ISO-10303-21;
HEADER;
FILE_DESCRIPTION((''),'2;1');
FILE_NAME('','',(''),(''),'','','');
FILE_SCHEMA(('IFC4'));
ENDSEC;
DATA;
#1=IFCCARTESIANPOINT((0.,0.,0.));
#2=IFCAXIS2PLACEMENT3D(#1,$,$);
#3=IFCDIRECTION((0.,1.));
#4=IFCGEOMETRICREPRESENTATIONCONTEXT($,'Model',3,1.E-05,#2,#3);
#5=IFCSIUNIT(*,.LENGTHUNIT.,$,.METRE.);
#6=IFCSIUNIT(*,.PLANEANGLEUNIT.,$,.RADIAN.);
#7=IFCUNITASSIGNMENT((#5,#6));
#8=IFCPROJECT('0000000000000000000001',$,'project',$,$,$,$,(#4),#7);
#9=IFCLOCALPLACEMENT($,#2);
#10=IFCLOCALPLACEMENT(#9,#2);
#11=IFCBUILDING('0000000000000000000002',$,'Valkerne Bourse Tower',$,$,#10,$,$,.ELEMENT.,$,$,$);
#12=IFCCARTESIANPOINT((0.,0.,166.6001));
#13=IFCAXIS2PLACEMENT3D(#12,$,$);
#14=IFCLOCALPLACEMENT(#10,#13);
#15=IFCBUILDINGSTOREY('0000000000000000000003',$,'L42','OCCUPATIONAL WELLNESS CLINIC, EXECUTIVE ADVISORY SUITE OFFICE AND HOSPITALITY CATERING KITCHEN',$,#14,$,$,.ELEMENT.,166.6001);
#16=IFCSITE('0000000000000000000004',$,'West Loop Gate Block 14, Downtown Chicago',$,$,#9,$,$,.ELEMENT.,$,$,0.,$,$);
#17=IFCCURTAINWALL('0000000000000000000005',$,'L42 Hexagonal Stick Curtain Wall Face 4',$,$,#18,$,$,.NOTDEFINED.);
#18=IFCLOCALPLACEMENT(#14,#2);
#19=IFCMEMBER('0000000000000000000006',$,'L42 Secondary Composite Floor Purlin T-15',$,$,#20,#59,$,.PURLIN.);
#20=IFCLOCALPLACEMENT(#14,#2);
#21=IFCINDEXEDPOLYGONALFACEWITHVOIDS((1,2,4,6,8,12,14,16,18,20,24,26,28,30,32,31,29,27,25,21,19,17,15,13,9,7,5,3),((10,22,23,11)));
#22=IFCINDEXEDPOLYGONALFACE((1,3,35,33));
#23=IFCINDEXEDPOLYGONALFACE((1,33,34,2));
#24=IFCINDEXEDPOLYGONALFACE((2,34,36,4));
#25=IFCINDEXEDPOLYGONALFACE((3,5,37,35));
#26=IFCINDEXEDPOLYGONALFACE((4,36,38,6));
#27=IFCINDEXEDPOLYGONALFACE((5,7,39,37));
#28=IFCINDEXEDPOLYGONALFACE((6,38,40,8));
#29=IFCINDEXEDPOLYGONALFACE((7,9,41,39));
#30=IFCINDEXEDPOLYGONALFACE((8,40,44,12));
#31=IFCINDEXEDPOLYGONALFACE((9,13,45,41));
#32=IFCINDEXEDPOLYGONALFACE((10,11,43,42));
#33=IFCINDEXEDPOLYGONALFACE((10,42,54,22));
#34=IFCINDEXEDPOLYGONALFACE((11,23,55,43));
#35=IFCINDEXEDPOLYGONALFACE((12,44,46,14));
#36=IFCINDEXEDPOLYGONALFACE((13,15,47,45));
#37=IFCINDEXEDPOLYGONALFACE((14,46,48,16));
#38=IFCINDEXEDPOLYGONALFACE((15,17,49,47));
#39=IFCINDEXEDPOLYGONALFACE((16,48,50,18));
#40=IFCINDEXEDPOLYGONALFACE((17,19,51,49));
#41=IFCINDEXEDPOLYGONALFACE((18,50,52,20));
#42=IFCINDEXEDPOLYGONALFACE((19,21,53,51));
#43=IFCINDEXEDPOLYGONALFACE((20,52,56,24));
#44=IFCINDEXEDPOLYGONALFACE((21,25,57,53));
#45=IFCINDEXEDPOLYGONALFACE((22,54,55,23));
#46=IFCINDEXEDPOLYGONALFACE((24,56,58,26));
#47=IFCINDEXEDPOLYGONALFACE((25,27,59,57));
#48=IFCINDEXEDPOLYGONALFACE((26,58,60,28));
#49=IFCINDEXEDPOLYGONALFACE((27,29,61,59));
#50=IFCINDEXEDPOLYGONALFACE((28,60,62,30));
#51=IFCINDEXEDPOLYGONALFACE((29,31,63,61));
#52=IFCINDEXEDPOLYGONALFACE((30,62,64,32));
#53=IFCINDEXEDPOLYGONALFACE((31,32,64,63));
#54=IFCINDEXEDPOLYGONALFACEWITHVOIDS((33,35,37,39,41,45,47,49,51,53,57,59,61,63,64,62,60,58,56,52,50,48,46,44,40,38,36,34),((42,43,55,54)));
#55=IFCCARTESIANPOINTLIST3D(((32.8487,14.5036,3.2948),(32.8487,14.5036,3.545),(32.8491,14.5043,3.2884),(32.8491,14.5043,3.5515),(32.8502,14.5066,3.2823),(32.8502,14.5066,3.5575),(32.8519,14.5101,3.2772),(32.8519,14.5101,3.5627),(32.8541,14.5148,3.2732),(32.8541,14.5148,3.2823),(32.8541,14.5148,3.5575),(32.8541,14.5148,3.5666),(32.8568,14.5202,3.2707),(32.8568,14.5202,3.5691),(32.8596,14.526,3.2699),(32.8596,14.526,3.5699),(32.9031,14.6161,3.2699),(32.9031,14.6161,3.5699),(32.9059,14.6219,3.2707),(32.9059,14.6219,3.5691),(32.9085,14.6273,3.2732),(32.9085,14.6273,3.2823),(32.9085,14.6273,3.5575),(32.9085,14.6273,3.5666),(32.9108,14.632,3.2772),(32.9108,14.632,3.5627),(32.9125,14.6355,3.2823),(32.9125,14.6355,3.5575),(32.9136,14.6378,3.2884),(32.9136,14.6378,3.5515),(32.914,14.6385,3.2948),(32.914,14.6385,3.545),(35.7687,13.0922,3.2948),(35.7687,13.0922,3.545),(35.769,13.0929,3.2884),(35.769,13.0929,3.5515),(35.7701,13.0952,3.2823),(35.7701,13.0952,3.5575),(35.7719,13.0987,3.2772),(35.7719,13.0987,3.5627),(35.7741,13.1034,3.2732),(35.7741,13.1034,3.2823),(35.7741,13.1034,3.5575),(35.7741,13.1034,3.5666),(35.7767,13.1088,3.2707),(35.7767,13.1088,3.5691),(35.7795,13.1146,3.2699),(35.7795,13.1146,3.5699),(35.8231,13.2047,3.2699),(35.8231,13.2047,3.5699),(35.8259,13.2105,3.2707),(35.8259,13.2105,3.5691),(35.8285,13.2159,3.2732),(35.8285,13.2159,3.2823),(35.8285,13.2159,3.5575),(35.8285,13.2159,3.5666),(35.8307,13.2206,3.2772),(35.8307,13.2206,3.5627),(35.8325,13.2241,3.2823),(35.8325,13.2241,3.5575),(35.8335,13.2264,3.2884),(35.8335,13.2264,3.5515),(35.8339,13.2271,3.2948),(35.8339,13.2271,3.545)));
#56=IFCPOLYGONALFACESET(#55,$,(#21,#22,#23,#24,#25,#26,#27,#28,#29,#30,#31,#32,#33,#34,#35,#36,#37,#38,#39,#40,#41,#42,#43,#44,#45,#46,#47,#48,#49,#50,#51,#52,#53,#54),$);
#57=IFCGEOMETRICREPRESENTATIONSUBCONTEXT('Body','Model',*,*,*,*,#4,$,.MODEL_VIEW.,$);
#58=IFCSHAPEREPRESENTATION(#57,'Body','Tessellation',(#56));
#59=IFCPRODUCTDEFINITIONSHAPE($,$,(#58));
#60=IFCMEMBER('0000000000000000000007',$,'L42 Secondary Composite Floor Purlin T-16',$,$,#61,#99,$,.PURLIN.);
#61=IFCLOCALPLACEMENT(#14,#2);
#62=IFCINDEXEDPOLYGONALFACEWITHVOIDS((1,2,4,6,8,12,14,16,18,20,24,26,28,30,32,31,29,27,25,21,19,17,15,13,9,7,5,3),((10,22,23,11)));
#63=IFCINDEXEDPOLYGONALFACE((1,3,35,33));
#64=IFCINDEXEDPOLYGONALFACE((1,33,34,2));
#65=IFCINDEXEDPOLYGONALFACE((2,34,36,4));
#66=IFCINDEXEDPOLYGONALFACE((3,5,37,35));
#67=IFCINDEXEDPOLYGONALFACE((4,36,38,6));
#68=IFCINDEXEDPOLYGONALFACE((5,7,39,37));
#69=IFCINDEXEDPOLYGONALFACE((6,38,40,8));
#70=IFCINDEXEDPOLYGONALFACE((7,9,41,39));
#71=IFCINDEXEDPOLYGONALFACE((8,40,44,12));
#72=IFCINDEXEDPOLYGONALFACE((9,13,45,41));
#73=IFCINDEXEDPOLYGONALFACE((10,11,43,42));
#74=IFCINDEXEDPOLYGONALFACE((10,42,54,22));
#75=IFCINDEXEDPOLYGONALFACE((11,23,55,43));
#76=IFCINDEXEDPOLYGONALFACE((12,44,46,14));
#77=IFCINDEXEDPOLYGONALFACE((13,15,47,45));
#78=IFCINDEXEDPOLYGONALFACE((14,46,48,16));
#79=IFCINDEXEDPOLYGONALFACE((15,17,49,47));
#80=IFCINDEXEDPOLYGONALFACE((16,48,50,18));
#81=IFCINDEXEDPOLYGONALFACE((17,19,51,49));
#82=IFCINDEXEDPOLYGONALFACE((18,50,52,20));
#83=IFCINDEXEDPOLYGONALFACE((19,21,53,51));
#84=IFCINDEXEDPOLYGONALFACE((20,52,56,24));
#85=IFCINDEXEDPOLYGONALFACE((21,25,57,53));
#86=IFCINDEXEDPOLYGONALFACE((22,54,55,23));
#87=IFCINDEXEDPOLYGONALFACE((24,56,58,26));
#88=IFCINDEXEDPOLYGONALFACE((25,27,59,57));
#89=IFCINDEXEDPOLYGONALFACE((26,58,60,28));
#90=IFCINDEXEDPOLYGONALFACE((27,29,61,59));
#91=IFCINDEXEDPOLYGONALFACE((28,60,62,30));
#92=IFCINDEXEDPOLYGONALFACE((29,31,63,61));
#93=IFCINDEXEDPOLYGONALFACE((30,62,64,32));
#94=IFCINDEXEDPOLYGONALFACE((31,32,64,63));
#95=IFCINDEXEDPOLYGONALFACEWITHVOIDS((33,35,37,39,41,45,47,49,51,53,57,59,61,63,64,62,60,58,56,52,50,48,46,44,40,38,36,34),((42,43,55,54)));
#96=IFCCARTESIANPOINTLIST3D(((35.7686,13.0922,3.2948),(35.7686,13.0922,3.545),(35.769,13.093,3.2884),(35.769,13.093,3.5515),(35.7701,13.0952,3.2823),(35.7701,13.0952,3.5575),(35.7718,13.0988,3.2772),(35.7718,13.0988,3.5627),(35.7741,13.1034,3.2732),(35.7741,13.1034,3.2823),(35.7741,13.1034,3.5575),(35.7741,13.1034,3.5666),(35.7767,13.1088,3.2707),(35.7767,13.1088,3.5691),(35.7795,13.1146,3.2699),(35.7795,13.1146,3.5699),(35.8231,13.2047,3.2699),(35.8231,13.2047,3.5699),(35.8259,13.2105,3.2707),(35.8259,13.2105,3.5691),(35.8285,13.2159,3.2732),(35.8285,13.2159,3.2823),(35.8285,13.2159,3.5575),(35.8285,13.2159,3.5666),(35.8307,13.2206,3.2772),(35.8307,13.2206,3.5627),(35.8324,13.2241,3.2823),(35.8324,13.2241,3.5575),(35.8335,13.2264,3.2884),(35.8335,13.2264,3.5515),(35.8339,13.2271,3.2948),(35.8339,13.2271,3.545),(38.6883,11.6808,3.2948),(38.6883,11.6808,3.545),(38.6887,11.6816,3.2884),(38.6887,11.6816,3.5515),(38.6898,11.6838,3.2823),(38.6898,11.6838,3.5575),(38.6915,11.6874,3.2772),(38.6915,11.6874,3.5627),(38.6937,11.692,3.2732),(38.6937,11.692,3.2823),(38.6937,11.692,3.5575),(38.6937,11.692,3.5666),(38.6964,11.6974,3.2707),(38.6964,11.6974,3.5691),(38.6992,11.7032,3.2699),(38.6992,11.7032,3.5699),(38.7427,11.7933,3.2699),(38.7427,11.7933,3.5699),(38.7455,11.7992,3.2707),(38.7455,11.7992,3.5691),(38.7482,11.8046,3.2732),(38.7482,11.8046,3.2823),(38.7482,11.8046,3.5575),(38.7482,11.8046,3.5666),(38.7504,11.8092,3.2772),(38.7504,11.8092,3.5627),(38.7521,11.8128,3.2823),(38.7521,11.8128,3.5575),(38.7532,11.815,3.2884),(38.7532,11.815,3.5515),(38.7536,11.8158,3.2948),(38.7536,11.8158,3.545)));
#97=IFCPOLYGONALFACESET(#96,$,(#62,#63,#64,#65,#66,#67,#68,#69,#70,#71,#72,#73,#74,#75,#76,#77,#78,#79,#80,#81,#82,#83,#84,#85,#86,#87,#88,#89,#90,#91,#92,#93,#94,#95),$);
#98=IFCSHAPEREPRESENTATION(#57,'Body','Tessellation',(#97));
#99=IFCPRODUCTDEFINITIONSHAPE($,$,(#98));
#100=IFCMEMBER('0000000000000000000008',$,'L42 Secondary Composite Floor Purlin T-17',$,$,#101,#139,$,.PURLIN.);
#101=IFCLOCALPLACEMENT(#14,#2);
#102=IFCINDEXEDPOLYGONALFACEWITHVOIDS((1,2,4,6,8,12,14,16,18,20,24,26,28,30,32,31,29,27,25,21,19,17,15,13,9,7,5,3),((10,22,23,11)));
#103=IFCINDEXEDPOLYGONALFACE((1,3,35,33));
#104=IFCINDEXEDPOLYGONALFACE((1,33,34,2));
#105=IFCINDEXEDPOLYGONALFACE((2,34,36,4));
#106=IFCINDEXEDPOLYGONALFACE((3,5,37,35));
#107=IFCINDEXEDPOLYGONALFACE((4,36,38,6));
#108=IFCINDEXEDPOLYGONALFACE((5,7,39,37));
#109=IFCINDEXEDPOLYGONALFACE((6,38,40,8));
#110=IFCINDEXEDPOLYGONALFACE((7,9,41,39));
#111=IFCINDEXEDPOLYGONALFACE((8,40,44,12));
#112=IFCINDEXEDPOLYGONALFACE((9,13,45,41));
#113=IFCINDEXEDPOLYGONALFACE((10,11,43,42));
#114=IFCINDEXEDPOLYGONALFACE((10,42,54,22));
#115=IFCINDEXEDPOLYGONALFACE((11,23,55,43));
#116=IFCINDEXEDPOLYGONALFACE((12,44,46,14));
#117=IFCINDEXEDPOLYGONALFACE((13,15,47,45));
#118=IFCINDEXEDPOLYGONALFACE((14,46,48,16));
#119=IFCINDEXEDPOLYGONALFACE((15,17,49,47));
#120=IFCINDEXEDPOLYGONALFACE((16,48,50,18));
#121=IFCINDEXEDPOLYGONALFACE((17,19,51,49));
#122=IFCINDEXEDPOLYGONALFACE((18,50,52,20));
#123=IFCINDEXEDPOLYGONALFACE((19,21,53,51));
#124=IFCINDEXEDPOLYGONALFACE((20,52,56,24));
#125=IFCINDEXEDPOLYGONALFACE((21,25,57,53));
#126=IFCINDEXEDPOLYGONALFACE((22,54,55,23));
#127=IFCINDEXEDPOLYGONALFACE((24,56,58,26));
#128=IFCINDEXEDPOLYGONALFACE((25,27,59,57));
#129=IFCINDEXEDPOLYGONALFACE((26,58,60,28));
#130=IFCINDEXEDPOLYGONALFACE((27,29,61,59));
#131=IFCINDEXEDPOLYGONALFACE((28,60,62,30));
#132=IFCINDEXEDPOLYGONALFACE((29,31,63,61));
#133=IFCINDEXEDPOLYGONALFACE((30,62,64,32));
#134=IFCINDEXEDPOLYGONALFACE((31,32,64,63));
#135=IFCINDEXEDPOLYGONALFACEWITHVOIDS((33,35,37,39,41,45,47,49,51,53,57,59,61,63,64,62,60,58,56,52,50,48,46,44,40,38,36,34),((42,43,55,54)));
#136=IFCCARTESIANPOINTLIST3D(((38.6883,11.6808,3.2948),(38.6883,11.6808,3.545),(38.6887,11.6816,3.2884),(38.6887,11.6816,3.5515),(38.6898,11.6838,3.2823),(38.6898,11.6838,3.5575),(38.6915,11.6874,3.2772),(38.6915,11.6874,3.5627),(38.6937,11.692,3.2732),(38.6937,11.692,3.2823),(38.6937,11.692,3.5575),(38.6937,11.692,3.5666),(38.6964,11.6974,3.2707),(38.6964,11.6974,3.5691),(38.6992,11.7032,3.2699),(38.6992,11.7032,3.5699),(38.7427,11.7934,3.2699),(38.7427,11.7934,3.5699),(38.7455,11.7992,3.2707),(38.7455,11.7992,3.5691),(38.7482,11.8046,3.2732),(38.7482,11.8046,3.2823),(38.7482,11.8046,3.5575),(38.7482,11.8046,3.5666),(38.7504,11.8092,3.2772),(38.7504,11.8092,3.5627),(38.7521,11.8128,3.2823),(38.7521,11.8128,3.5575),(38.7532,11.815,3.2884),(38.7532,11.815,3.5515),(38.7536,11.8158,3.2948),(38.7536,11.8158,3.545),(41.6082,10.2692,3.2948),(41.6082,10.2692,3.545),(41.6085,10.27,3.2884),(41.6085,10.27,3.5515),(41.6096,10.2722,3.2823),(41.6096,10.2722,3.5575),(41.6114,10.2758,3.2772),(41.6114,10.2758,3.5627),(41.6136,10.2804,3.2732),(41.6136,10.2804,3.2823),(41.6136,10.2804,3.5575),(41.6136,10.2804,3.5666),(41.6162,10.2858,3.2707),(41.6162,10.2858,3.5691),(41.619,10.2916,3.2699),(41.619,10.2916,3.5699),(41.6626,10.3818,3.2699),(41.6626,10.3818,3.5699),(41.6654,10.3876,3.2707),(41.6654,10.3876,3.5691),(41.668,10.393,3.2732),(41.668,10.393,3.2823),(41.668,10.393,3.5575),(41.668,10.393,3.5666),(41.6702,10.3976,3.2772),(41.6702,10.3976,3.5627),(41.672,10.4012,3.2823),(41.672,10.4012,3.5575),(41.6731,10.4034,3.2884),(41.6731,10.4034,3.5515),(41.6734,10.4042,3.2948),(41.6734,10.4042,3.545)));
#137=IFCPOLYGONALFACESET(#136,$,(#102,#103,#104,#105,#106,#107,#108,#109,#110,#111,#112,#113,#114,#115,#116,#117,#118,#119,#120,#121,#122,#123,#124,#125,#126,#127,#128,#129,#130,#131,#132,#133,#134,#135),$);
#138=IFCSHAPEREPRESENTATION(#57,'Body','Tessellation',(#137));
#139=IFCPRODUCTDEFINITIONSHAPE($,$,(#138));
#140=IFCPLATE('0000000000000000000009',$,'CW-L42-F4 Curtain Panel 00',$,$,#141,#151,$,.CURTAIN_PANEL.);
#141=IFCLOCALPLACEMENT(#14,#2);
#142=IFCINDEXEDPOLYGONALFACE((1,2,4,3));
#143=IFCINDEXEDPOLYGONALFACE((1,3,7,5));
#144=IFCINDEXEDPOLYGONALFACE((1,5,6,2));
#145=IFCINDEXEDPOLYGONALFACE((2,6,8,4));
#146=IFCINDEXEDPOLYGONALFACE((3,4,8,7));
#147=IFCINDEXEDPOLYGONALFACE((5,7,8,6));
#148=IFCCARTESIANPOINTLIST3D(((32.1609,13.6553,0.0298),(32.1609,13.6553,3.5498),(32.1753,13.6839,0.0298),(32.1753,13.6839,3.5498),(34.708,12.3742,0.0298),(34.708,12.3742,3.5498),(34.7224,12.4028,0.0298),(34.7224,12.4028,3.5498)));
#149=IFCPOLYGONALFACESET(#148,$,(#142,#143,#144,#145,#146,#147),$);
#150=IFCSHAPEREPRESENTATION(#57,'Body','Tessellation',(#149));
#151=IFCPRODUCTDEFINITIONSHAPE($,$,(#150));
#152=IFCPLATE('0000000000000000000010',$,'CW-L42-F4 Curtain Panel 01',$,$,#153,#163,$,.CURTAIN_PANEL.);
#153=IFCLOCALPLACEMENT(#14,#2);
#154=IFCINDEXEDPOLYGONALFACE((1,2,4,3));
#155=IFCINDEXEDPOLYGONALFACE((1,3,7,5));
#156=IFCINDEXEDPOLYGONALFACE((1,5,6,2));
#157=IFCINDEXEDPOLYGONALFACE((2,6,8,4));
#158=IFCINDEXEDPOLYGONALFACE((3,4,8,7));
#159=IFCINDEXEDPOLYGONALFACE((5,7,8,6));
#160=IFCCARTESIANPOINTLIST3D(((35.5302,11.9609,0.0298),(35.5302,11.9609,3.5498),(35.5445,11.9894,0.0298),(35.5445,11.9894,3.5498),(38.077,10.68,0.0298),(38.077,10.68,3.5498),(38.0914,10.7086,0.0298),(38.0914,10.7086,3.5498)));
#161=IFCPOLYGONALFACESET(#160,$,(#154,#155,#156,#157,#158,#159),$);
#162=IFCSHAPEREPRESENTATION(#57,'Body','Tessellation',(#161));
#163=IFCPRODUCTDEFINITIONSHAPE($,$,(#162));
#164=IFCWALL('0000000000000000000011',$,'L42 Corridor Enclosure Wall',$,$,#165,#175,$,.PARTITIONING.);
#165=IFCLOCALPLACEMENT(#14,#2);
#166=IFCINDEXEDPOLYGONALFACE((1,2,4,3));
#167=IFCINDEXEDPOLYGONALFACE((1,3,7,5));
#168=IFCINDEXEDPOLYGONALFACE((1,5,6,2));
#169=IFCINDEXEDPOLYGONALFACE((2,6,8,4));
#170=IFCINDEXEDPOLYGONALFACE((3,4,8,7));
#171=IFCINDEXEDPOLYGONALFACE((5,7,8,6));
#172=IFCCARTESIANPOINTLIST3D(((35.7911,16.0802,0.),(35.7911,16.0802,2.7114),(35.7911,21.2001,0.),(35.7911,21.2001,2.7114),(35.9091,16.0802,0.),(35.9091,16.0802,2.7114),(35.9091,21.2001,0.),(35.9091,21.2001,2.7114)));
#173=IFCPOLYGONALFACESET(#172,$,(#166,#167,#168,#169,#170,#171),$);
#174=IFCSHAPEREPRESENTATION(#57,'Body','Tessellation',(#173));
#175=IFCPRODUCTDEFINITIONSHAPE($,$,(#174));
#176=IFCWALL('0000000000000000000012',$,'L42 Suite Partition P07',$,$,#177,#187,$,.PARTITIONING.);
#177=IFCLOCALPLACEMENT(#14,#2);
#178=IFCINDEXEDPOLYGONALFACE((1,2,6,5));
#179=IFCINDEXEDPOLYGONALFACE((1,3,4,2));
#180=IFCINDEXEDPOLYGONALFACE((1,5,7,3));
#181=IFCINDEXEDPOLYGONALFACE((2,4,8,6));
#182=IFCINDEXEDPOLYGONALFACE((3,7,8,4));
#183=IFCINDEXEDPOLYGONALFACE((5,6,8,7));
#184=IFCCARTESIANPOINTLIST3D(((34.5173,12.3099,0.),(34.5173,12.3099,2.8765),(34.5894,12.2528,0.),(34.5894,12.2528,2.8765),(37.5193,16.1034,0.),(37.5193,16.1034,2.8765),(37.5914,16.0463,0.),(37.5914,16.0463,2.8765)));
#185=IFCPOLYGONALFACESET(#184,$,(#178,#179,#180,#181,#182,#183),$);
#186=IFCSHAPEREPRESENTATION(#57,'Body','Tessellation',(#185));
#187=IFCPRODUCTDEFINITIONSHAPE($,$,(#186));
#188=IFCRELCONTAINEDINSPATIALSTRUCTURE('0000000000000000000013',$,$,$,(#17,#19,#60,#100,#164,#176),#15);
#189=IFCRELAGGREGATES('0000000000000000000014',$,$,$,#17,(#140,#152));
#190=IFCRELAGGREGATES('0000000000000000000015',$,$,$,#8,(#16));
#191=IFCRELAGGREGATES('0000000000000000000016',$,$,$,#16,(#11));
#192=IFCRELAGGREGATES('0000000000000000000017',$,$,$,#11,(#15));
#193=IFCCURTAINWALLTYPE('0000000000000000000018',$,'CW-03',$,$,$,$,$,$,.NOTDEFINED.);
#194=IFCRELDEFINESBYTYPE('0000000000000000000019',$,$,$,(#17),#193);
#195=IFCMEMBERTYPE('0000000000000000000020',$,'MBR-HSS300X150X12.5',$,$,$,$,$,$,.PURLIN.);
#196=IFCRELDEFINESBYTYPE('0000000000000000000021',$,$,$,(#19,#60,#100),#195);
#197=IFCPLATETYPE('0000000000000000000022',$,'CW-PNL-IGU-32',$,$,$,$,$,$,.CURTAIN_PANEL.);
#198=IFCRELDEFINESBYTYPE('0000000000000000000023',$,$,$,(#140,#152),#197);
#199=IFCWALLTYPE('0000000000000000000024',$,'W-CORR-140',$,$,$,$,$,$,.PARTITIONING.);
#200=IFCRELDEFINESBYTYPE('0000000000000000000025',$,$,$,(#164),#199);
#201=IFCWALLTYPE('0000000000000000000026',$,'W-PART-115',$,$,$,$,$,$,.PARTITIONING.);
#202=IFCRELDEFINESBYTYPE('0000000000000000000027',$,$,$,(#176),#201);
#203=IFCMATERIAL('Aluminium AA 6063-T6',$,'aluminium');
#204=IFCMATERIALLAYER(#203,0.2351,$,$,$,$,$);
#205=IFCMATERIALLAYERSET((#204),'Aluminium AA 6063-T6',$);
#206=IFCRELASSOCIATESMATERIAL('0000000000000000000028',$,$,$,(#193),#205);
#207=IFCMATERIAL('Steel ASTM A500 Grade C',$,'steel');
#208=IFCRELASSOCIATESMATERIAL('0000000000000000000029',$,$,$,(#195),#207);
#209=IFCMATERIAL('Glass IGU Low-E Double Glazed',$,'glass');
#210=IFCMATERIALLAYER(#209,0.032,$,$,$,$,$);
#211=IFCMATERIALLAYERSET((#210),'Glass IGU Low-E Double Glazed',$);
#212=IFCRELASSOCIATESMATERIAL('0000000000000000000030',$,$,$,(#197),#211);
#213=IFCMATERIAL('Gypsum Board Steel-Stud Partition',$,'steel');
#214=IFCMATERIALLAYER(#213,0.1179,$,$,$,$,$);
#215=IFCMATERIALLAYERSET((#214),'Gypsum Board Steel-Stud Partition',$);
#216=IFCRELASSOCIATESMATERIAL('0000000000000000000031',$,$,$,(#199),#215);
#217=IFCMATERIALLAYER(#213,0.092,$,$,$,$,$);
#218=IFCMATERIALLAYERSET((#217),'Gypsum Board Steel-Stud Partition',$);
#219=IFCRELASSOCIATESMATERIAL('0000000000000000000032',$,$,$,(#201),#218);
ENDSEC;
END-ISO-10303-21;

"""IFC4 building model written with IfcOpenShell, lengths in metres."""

from ifc_helpers import new_model, si_unit, direction, frame, frame_2d, origin, origin_2d, place, context, subcontext, project, spatial, rectangle, hollow_rectangle, extrude, material, layer, layer_set, material_profile, profile_set, type_object, element, aggregate, save


model = new_model("IFC4")

# Units and contexts
model_context = context("Model", 3, precision=1e-05, world=origin(), true_north=direction((0.0, 1.0)))
body_context = subcontext(model_context, "Body", "Model", "MODEL_VIEW")
ifc_project = project(units=[si_unit("LENGTHUNIT", "METRE"), si_unit("PLANEANGLEUNIT", "RADIAN")], contexts=[model_context])

# Site, building, storey
site_placement = place(None, origin())
site = spatial("IfcSite", under=ifc_project, at=site_placement, Name="West Loop Gate Block 14, Downtown Chicago", CompositionType="ELEMENT", RefElevation=0.0)
building_placement = place(site_placement, origin())
building = spatial("IfcBuilding", under=site, at=building_placement, Name="Valkerne Bourse Tower", CompositionType="ELEMENT")
storey_placement = place(building_placement, frame((0.0, 0.0, 166.6001)))
storey = spatial("IfcBuildingStorey", under=building, at=storey_placement, Name="L42", Description="OCCUPATIONAL WELLNESS CLINIC, EXECUTIVE ADVISORY SUITE OFFICE AND HOSPITALITY CATERING KITCHEN", CompositionType="ELEMENT", Elevation=166.6001)

# Curtain wall
ifc_material_1 = material(Name="Aluminium AA 6063-T6", Category="aluminium")
ifc_layer_1 = layer(ifc_material_1, 0.2351)
ifc_layer_set_1 = layer_set([ifc_layer_1], Name="Aluminium AA 6063-T6")
curtain_wall_type = type_object("IfcCurtainWallType", Name="CW-03", PredefinedType="NOTDEFINED", material=ifc_layer_set_1)
curtain_wall_placement = place(storey_placement, origin())
curtain_wall = element("IfcCurtainWall", 1, at=curtain_wall_placement, inside=storey, type_object=curtain_wall_type, Name="L42 Hexagonal Stick Curtain Wall Face 4", PredefinedType="NOTDEFINED")

# Members
ifc_material_2 = material(Name="Steel ASTM A500 Grade C", Category="steel")
ifc_material_profile_1 = material_profile(ifc_material_2, hollow_rectangle(XDim=0.1499, YDim=0.3, WallThickness=0.0125, OuterFilletRadius=0.0249, at=origin_2d()), Name="HSS300X150X12.5")
ifc_profile_set_1 = profile_set([ifc_material_profile_1], Name="Steel ASTM A500 Grade C")
member_type_1 = type_object("IfcMemberType", Name="MBR-HSS300X150X12.5", PredefinedType="PURLIN", material=ifc_profile_set_1)
member_1_placement = place(storey_placement, frame((32.8813, 14.571, 3.4199), z_axis=(0.900339, -0.435189, 0.0), x_axis=(0.435189, 0.900339, 0.0)))
element("IfcMember", 2, at=member_1_placement, inside=storey, type_object=member_type_1, Name="L42 Secondary Composite Floor Purlin T-15", PredefinedType="PURLIN", context=body_context, shape_type="SweptSolid", body=[
    extrude(hollow_rectangle(XDim=0.1499, YDim=0.3, WallThickness=0.0125, OuterFilletRadius=0.0249, at=origin_2d()), origin(), (0.0, 0.0, 1.0), 3.2432),
])
member_2_placement = place(storey_placement, frame((35.8013, 13.1597, 3.4199), z_axis=(0.900325, -0.435218, 0.0), x_axis=(0.435218, 0.900325, 0.0)))
element("IfcMember", 3, at=member_2_placement, inside=storey, type_object=member_type_1, Name="L42 Secondary Composite Floor Purlin T-16", PredefinedType="PURLIN", context=body_context, shape_type="SweptSolid", body=[
    extrude(hollow_rectangle(XDim=0.1499, YDim=0.3, WallThickness=0.0125, OuterFilletRadius=0.0249, at=origin_2d()), origin(), (0.0, 0.0, 1.0), 3.2429),
])
member_3_placement = place(storey_placement, frame((38.7209, 11.7483, 3.4199), z_axis=(0.90031, -0.43525, 0.0), x_axis=(0.43525, 0.90031, 0.0)))
element("IfcMember", 4, at=member_3_placement, inside=storey, type_object=member_type_1, Name="L42 Secondary Composite Floor Purlin T-17", PredefinedType="PURLIN", context=body_context, shape_type="SweptSolid", body=[
    extrude(hollow_rectangle(XDim=0.1499, YDim=0.3, WallThickness=0.0125, OuterFilletRadius=0.0249, at=origin_2d()), origin(), (0.0, 0.0, 1.0), 3.2432),
])

# Plates
ifc_material_3 = material(Name="Glass IGU Low-E Double Glazed", Category="glass")
ifc_layer_2 = layer(ifc_material_3, 0.032)
ifc_layer_set_2 = layer_set([ifc_layer_2], Name="Glass IGU Low-E Double Glazed")
plate_type = type_object("IfcPlateType", Name="CW-PNL-IGU-32", PredefinedType="CURTAIN_PANEL", material=ifc_layer_set_2)
plate_1_placement = place(storey_placement, frame((33.4417, 13.0291, 0.0298), z_axis=(0.0, 0.0, 1.0), x_axis=(0.893369, -0.449323, 0.0)))
plate_1 = element("IfcPlate", 5, at=plate_1_placement, type_object=plate_type, Name="CW-L42-F4 Curtain Panel 00", PredefinedType="CURTAIN_PANEL", context=body_context, shape_type="SweptSolid", body=[
    extrude(rectangle(XDim=2.8511, YDim=0.032, at=origin_2d()), origin(), (0.0, 0.0, 1.0), 3.52),
])
plate_2_placement = place(storey_placement, frame((36.8108, 11.3347, 0.0298), z_axis=(0.0, 0.0, 1.0), x_axis=(0.89338, -0.449302, 0.0)))
plate_2 = element("IfcPlate", 6, at=plate_2_placement, type_object=plate_type, Name="CW-L42-F4 Curtain Panel 01", PredefinedType="CURTAIN_PANEL", context=body_context, shape_type="SweptSolid", body=[
    extrude(rectangle(XDim=2.8508, YDim=0.032, at=origin_2d()), origin(), (0.0, 0.0, 1.0), 3.52),
])
aggregate(curtain_wall, [plate_1, plate_2])

# Walls
ifc_material_4 = material(Name="Gypsum Board Steel-Stud Partition", Category="steel")
ifc_layer_3 = layer(ifc_material_4, 0.1179)
ifc_layer_set_3 = layer_set([ifc_layer_3], Name="Gypsum Board Steel-Stud Partition")
wall_type_1 = type_object("IfcWallType", Name="W-CORR-140", PredefinedType="PARTITIONING", material=ifc_layer_set_3)
wall_1_placement = place(storey_placement, frame((35.8501, 16.0801, 0.0), z_axis=(0.0, 0.0, 1.0), x_axis=(0.0, 1.0, 0.0)))
element("IfcWall", 7, at=wall_1_placement, inside=storey, type_object=wall_type_1, Name="L42 Corridor Enclosure Wall", PredefinedType="PARTITIONING", context=body_context, shape_type="SweptSolid", body=[
    extrude(rectangle(XDim=5.1199, YDim=0.1179, at=frame_2d((2.5601, 0.0))), origin(), (0.0, 0.0, 1.0), 2.7114),
])
ifc_layer_4 = layer(ifc_material_4, 0.092)
ifc_layer_set_4 = layer_set([ifc_layer_4], Name="Gypsum Board Steel-Stud Partition")
wall_type_2 = type_object("IfcWallType", Name="W-PART-115", PredefinedType="PARTITIONING", material=ifc_layer_set_4)
wall_2_placement = place(storey_placement, frame((37.5554, 16.075, 0.0), z_axis=(0.0, 0.0, 1.0), x_axis=(-0.62055, -0.784167, 0.0)))
element("IfcWall", 8, at=wall_2_placement, inside=storey, type_object=wall_type_2, Name="L42 Suite Partition P07", PredefinedType="PARTITIONING", context=body_context, shape_type="SweptSolid", body=[
    extrude(rectangle(XDim=4.8376, YDim=0.092, at=frame_2d((2.4189, 0.0))), origin(), (0.0, 0.0, 1.0), 2.8765),
])

save(model, "model.ifc")
